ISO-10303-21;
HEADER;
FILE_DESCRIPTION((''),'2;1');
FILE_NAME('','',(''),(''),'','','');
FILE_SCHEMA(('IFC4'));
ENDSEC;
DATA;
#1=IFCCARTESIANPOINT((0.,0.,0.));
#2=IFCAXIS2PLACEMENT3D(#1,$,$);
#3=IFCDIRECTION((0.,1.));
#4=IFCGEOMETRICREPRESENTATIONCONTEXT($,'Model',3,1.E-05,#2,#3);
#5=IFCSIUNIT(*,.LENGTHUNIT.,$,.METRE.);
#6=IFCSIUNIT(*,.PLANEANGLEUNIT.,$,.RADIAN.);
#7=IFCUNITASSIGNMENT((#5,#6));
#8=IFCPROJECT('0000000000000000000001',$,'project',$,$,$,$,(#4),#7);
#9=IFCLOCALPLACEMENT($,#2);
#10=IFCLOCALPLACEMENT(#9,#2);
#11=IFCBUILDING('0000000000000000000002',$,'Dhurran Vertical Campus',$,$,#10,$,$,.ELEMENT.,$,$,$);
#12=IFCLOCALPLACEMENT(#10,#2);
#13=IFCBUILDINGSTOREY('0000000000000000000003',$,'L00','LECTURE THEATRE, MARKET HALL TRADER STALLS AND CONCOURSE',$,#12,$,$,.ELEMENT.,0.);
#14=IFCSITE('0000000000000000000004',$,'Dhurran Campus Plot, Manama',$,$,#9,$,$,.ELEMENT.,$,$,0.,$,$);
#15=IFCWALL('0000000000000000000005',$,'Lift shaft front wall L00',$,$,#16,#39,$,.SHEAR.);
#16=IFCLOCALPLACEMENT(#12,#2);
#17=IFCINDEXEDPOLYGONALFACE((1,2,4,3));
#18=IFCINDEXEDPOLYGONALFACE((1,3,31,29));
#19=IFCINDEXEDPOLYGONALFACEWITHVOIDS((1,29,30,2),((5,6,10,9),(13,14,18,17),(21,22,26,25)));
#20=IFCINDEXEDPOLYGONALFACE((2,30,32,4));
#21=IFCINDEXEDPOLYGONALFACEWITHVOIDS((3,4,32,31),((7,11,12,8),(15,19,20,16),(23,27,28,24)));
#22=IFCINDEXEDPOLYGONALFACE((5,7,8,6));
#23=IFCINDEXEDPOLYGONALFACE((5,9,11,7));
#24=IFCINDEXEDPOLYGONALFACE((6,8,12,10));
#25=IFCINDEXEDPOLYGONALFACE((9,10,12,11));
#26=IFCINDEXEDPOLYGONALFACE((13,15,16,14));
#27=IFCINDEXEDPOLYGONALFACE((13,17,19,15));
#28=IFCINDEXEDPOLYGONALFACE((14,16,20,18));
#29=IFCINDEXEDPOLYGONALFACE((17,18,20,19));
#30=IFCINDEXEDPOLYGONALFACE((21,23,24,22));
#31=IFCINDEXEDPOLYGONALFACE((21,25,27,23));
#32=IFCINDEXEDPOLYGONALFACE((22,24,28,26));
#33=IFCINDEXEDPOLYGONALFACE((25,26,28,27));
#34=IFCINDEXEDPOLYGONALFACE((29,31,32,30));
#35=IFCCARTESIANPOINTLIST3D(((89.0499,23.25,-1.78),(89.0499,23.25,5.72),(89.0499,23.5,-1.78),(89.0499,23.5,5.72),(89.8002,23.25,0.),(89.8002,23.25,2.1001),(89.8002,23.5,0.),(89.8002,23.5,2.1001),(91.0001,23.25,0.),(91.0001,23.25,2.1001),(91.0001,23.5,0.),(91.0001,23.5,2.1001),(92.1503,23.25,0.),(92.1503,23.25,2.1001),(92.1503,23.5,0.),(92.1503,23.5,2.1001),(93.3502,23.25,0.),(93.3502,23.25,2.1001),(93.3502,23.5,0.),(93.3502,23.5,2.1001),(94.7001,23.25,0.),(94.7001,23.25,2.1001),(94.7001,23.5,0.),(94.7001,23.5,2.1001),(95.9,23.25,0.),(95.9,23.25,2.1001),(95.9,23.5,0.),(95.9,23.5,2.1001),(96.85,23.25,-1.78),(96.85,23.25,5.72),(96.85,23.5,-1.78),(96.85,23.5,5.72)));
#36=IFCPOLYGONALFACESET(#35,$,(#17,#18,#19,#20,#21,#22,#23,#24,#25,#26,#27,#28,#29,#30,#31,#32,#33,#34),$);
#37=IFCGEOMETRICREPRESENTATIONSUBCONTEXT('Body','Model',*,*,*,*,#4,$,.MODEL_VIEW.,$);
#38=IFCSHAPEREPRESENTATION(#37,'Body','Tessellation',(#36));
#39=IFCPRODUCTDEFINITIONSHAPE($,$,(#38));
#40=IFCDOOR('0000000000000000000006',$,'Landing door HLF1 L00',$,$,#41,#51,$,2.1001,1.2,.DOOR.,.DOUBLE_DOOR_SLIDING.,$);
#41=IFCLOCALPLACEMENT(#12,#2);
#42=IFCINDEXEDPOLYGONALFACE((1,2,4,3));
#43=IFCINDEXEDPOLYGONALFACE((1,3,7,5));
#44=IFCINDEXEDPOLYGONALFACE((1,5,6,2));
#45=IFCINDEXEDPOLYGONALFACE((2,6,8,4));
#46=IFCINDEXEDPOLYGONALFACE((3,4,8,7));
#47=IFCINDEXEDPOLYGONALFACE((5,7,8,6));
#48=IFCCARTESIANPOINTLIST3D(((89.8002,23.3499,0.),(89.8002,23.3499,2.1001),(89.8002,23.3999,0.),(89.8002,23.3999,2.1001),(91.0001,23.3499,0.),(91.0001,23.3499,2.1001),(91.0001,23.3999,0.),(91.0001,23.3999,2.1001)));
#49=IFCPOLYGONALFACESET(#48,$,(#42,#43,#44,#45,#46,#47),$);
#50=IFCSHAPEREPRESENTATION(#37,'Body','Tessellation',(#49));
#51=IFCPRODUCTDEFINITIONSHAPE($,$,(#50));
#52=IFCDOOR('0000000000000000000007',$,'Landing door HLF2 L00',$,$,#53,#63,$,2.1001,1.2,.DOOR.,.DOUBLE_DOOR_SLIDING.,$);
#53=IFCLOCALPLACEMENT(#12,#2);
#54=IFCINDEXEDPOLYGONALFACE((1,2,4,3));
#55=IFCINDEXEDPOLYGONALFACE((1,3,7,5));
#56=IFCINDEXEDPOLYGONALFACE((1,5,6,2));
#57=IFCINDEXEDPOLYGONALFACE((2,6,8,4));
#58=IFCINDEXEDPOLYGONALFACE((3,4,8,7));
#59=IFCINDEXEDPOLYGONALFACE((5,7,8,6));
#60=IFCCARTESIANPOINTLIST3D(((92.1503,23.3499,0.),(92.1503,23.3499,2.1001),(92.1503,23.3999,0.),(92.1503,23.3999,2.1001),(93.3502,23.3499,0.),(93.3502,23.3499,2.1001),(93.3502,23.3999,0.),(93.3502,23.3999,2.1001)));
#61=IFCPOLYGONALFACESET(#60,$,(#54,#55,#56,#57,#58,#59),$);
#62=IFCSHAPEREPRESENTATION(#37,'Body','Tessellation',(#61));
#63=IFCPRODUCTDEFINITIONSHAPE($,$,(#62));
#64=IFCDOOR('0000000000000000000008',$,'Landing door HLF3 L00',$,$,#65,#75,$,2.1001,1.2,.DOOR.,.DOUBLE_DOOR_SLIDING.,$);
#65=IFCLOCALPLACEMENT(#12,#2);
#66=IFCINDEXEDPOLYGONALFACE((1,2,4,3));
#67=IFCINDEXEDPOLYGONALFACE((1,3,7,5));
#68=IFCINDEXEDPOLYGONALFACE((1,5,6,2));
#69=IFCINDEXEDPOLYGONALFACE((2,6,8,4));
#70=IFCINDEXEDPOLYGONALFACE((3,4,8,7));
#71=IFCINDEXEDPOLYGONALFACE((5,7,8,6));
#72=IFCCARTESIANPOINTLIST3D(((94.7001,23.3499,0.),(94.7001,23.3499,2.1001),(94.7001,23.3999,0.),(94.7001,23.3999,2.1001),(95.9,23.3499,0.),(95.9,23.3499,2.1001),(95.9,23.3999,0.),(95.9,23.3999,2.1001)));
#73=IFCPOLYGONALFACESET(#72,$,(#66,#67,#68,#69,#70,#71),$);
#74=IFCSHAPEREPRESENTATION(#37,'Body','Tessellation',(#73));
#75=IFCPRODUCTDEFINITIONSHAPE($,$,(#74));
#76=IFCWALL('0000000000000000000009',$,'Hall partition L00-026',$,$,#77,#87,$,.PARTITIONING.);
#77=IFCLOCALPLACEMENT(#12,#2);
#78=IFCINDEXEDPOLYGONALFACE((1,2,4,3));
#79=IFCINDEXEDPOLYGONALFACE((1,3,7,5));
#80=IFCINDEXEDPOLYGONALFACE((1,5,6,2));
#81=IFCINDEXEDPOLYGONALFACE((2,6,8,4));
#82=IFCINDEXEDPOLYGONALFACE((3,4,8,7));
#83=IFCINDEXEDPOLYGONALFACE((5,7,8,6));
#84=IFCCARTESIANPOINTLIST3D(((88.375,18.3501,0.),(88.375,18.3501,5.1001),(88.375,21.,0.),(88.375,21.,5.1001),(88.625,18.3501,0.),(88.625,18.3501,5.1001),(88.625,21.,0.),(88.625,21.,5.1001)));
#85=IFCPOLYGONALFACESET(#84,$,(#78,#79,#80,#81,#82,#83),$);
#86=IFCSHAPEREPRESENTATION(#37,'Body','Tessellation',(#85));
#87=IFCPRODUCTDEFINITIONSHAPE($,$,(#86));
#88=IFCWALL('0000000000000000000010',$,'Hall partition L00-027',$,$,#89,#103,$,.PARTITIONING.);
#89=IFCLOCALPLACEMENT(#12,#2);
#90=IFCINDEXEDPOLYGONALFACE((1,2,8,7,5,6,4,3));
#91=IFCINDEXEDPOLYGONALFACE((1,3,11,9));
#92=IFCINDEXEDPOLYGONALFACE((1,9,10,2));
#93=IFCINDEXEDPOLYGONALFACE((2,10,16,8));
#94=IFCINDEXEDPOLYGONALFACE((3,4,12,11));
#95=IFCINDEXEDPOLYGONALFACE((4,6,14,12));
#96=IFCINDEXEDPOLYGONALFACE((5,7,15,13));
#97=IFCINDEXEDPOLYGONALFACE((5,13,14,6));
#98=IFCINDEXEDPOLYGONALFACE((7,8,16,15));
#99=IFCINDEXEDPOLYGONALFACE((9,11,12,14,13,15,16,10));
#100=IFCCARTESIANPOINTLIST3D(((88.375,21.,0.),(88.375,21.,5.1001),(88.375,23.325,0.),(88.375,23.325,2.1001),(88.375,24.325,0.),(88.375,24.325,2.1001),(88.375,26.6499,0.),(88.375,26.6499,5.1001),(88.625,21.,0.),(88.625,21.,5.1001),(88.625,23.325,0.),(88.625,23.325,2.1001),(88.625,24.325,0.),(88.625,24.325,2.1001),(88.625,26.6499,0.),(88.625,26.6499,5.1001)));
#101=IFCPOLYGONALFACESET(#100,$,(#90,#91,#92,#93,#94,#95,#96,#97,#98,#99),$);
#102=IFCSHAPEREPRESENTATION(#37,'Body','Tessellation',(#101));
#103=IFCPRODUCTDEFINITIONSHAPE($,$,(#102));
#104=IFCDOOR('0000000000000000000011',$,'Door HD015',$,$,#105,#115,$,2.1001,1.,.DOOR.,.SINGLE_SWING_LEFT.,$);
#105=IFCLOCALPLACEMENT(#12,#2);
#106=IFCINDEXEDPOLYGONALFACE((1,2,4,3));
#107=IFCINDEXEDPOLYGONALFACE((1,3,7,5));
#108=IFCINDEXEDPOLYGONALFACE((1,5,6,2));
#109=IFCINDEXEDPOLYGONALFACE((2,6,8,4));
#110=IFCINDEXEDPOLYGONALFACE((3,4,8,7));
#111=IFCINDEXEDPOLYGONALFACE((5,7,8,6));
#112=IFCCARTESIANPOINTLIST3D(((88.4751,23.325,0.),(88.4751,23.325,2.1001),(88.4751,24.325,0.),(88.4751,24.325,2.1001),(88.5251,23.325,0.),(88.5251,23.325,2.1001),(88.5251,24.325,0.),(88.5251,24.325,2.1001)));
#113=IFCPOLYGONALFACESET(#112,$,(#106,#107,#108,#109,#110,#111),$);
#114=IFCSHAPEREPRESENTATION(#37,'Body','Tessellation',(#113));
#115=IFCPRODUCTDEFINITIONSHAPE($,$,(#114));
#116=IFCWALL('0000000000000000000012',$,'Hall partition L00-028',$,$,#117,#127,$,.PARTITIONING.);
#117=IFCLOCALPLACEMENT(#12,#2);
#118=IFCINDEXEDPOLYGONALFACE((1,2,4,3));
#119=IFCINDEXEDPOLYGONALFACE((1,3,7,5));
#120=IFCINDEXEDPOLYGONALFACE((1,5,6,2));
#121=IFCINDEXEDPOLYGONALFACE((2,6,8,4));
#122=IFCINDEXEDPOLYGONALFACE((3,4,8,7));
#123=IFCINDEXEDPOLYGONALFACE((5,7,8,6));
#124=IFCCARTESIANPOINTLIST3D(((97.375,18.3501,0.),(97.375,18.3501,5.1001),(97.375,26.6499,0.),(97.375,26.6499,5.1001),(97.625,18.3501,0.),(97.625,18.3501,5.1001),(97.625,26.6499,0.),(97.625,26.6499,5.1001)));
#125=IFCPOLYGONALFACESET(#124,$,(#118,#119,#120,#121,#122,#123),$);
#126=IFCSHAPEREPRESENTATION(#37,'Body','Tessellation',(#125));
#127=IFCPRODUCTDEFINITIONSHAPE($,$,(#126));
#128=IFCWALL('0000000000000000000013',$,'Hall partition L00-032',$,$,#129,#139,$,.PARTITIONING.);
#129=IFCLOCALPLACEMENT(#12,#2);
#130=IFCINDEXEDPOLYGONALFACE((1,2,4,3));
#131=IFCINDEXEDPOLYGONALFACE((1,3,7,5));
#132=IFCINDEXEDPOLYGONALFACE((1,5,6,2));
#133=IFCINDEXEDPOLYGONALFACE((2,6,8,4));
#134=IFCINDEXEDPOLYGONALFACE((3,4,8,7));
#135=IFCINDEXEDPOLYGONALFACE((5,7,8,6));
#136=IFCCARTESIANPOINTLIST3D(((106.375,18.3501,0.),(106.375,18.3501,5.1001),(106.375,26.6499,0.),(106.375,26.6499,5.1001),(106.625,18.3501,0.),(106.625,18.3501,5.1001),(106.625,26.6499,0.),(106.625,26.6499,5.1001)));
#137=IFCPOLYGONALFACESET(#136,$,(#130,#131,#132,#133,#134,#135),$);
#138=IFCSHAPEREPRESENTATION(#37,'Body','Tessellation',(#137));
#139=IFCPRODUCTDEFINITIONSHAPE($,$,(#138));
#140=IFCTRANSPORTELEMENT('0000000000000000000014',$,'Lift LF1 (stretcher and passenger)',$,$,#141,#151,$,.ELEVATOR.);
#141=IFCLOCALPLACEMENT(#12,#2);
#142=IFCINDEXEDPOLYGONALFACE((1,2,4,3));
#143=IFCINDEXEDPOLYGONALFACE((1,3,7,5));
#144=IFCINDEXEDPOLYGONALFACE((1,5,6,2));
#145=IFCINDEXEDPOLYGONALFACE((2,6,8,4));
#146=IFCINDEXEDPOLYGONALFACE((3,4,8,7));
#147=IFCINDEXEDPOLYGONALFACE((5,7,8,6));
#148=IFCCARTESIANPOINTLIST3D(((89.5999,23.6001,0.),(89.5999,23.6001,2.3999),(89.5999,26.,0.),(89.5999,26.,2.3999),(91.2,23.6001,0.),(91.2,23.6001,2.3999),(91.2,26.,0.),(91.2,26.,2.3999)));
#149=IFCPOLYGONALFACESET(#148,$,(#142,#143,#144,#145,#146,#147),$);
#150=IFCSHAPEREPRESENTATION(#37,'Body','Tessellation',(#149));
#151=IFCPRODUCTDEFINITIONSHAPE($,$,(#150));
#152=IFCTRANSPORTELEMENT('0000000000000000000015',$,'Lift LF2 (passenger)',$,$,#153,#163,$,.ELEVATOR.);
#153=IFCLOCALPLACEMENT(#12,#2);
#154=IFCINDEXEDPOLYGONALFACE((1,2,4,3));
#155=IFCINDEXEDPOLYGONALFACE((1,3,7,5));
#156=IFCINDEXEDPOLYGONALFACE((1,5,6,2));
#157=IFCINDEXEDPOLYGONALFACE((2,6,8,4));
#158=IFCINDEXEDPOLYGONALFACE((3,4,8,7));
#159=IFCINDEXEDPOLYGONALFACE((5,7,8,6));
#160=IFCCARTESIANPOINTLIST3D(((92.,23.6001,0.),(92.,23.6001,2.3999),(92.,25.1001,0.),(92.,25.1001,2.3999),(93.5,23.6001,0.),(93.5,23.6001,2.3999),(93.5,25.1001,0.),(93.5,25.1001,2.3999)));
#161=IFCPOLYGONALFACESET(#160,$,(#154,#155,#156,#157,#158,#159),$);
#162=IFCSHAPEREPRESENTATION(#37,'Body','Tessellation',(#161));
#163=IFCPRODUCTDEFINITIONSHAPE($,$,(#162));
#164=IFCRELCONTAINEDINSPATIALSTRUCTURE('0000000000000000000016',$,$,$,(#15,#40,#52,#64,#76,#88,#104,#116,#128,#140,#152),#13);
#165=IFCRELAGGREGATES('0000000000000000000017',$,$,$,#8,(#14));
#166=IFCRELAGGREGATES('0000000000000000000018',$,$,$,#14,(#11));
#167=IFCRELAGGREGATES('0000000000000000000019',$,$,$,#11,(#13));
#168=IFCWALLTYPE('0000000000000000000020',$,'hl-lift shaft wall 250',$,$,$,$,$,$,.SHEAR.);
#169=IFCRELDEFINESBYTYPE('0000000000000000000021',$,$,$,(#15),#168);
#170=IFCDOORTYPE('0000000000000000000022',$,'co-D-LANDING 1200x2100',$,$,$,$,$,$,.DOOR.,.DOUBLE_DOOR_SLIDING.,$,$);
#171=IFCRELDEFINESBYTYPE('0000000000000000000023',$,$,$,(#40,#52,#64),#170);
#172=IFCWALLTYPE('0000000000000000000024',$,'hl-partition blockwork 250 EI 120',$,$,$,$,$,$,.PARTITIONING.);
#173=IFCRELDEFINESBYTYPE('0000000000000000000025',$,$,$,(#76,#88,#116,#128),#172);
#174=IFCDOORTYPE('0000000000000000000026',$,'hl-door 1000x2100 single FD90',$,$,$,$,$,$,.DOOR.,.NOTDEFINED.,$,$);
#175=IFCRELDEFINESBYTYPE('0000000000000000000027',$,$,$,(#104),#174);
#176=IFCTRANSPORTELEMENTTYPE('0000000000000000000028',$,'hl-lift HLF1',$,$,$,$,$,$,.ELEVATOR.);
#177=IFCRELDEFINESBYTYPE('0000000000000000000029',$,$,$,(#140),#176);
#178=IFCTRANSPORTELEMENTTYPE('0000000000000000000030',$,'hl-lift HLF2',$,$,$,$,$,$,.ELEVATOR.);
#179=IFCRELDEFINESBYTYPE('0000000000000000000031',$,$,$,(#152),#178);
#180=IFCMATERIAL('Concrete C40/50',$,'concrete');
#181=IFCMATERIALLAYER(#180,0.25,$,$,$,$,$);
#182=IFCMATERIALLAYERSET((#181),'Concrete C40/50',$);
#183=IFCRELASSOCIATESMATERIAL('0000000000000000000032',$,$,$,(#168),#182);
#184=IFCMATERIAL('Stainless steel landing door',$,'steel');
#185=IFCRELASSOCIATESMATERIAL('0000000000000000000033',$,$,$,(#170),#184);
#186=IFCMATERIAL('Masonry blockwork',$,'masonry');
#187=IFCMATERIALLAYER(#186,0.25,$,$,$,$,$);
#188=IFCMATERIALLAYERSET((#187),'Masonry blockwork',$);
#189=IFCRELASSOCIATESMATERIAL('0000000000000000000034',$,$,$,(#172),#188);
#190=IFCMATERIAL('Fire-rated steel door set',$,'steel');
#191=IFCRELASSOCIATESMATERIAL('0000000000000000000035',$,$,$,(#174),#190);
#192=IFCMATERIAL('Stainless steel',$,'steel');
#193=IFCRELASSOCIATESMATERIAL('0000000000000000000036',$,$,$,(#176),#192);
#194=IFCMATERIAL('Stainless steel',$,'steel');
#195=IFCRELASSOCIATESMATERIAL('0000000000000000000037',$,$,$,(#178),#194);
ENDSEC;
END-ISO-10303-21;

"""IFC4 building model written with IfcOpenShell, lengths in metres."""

from ifc_helpers import new_model, si_unit, direction, frame, frame_2d, origin, origin_2d, place, context, subcontext, project, spatial, rectangle, extrude, material, layer, layer_set, type_object, element, fill, save


model = new_model("IFC4")

# Units and contexts
model_context = context("Model", 3, precision=1e-05, world=origin(), true_north=direction((0.0, 1.0)))
body_context = subcontext(model_context, "Body", "Model", "MODEL_VIEW")
ifc_project = project(units=[si_unit("LENGTHUNIT", "METRE"), si_unit("PLANEANGLEUNIT", "RADIAN")], contexts=[model_context])

# Site, building, storey
site_placement = place(None, origin())
site = spatial("IfcSite", under=ifc_project, at=site_placement, Name="Dhurran Campus Plot, Manama", CompositionType="ELEMENT", RefElevation=0.0)
building_placement = place(site_placement, origin())
building = spatial("IfcBuilding", under=site, at=building_placement, Name="Dhurran Vertical Campus", CompositionType="ELEMENT")
storey_placement = place(building_placement, origin())
storey = spatial("IfcBuildingStorey", under=building, at=storey_placement, Name="L00", Description="LECTURE THEATRE, MARKET HALL TRADER STALLS AND CONCOURSE", CompositionType="ELEMENT", Elevation=0.0)

# Shared definitions
ifc_material_1 = material(Name="Concrete C40/50", Category="concrete")
ifc_layer_1 = layer(ifc_material_1, 0.25)
ifc_layer_set_1 = layer_set([ifc_layer_1], Name="Concrete C40/50")
wall_type_1 = type_object("IfcWallType", Name="hl-lift shaft wall 250", PredefinedType="SHEAR", material=ifc_layer_set_1)

# Wall, openings, doors
wall_1_placement = place(storey_placement, frame((89.05, 23.375, -1.78), z_axis=(0.0, 0.0, 1.0), x_axis=(1.0, 0.0, 0.0)))
wall_1 = element("IfcWall", 1, at=wall_1_placement, inside=storey, type_object=wall_type_1, Name="Lift shaft front wall L00", PredefinedType="SHEAR", context=body_context, shape_type="SweptSolid", body=[
    extrude(rectangle(XDim=7.8, YDim=0.25, at=frame_2d((3.8999, 0.0))), origin(), (0.0, 0.0, 1.0), 7.5),
])
opening_1_placement = place(wall_1_placement, frame((0.75, 0.0, 1.78)))
opening_1 = element("IfcOpeningElement", 2, at=opening_1_placement, cuts=wall_1, PredefinedType="OPENING", context=body_context, shape_type="SweptSolid", body=[
    extrude(rectangle(XDim=1.2, YDim=2.1001, at=frame_2d((0.6001, 1.05))), frame((0.0, 0.135, 0.0), z_axis=(0.0, -1.0, 0.0), x_axis=(1.0, 0.0, 0.0)), (0.0, 0.0, 1.0), 0.27),
])
opening_2_placement = place(wall_1_placement, frame((3.1001, 0.0, 1.78)))
opening_2 = element("IfcOpeningElement", 3, at=opening_2_placement, cuts=wall_1, PredefinedType="OPENING", context=body_context, shape_type="SweptSolid", body=[
    extrude(rectangle(XDim=1.2, YDim=2.1001, at=frame_2d((0.6001, 1.05))), frame((0.0, 0.135, 0.0), z_axis=(0.0, -1.0, 0.0), x_axis=(1.0, 0.0, 0.0)), (0.0, 0.0, 1.0), 0.27),
])
opening_3_placement = place(wall_1_placement, frame((5.6499, 0.0, 1.78)))
opening_3 = element("IfcOpeningElement", 4, at=opening_3_placement, cuts=wall_1, PredefinedType="OPENING", context=body_context, shape_type="SweptSolid", body=[
    extrude(rectangle(XDim=1.2, YDim=2.1001, at=frame_2d((0.6001, 1.05))), frame((0.0, 0.135, 0.0), z_axis=(0.0, -1.0, 0.0), x_axis=(1.0, 0.0, 0.0)), (0.0, 0.0, 1.0), 0.27),
])
ifc_material_2 = material(Name="Stainless steel landing door", Category="steel")
door_type_1 = type_object("IfcDoorType", Name="co-D-LANDING 1200x2100", OperationType="DOUBLE_DOOR_SLIDING", PredefinedType="DOOR", material=ifc_material_2)
door_1_placement = place(opening_1_placement, origin())
door_1 = element("IfcDoor", 5, at=door_1_placement, inside=storey, type_object=door_type_1, Name="Landing door HLF1 L00", OperationType="DOUBLE_DOOR_SLIDING", OverallHeight=2.1001, OverallWidth=1.2, PredefinedType="DOOR", context=body_context, shape_type="SweptSolid", body=[
    extrude(rectangle(XDim=1.2, YDim=2.1001, at=frame_2d((0.6001, 1.05))), frame((0.0, 0.0249, 0.0), z_axis=(0.0, -1.0, 0.0), x_axis=(1.0, 0.0, 0.0)), (0.0, 0.0, 1.0), 0.05),
])
fill(opening_1, door_1)
door_2_placement = place(opening_2_placement, origin())
door_2 = element("IfcDoor", 6, at=door_2_placement, inside=storey, type_object=door_type_1, Name="Landing door HLF2 L00", OperationType="DOUBLE_DOOR_SLIDING", OverallHeight=2.1001, OverallWidth=1.2, PredefinedType="DOOR", context=body_context, shape_type="SweptSolid", body=[
    extrude(rectangle(XDim=1.2, YDim=2.1001, at=frame_2d((0.6001, 1.05))), frame((0.0, 0.0249, 0.0), z_axis=(0.0, -1.0, 0.0), x_axis=(1.0, 0.0, 0.0)), (0.0, 0.0, 1.0), 0.05),
])
fill(opening_2, door_2)
door_3_placement = place(opening_3_placement, origin())
door_3 = element("IfcDoor", 7, at=door_3_placement, inside=storey, type_object=door_type_1, Name="Landing door HLF3 L00", OperationType="DOUBLE_DOOR_SLIDING", OverallHeight=2.1001, OverallWidth=1.2, PredefinedType="DOOR", context=body_context, shape_type="SweptSolid", body=[
    extrude(rectangle(XDim=1.2, YDim=2.1001, at=frame_2d((0.6001, 1.05))), frame((0.0, 0.0249, 0.0), z_axis=(0.0, -1.0, 0.0), x_axis=(1.0, 0.0, 0.0)), (0.0, 0.0, 1.0), 0.05),
])
fill(opening_3, door_3)

# Wall
ifc_material_3 = material(Name="Masonry blockwork", Category="masonry")
ifc_layer_2 = layer(ifc_material_3, 0.25)
ifc_layer_set_2 = layer_set([ifc_layer_2], Name="Masonry blockwork")
wall_type_2 = type_object("IfcWallType", Name="hl-partition blockwork 250 EI 120", PredefinedType="PARTITIONING", material=ifc_layer_set_2)
wall_2_placement = place(storey_placement, frame((88.5, 18.3501, 0.0), z_axis=(0.0, 0.0, 1.0), x_axis=(0.0, 1.0, 0.0)))
element("IfcWall", 8, at=wall_2_placement, inside=storey, type_object=wall_type_2, Name="Hall partition L00-026", PredefinedType="PARTITIONING", context=body_context, shape_type="SweptSolid", body=[
    extrude(rectangle(XDim=2.6499, YDim=0.25, at=frame_2d((1.325, 0.0))), origin(), (0.0, 0.0, 1.0), 5.1001),
])

# Wall, opening, door
wall_3_placement = place(storey_placement, frame((88.5, 21.0, 0.0), z_axis=(0.0, 0.0, 1.0), x_axis=(0.0, 1.0, 0.0)))
wall_3 = element("IfcWall", 9, at=wall_3_placement, inside=storey, type_object=wall_type_2, Name="Hall partition L00-027", PredefinedType="PARTITIONING", context=body_context, shape_type="SweptSolid", body=[
    extrude(rectangle(XDim=5.6499, YDim=0.25, at=frame_2d((2.825, 0.0))), origin(), (0.0, 0.0, 1.0), 5.1001),
])
opening_4_placement = place(wall_3_placement, frame((2.325, 0.0, 0.0)))
opening_4 = element("IfcOpeningElement", 10, at=opening_4_placement, cuts=wall_3, PredefinedType="OPENING", context=body_context, shape_type="SweptSolid", body=[
    extrude(rectangle(XDim=1.0, YDim=2.1001, at=frame_2d((0.5, 1.05))), frame((0.0, 0.135, 0.0), z_axis=(0.0, -1.0, 0.0), x_axis=(1.0, 0.0, 0.0)), (0.0, 0.0, 1.0), 0.27),
])
ifc_material_4 = material(Name="Fire-rated steel door set", Category="steel")
door_type_2 = type_object("IfcDoorType", Name="hl-door 1000x2100 single FD90", OperationType="NOTDEFINED", PredefinedType="DOOR", material=ifc_material_4)
door_4_placement = place(opening_4_placement, origin())
door_4 = element("IfcDoor", 11, at=door_4_placement, inside=storey, type_object=door_type_2, Name="Door HD015", OperationType="SINGLE_SWING_LEFT", OverallHeight=2.1001, OverallWidth=1.0, PredefinedType="DOOR", context=body_context, shape_type="SweptSolid", body=[
    extrude(rectangle(XDim=1.0, YDim=2.1001, at=frame_2d((0.5, 1.05))), frame((0.0, 0.0249, 0.0), z_axis=(0.0, -1.0, 0.0), x_axis=(1.0, 0.0, 0.0)), (0.0, 0.0, 1.0), 0.05),
])
fill(opening_4, door_4)

# Walls
for number, where, z_axis, x_axis, name in (
    (12, (97.5, 18.3501, 0.0), (0.0, 0.0, 1.0), (0.0, 1.0, 0.0), "Hall partition L00-028"),
    (13, (106.5, 18.3501, 0.0), (0.0, 0.0, 1.0), (0.0, 1.0, 0.0), "Hall partition L00-032"),
):
    element("IfcWall", number, at=place(storey_placement, frame(where, z_axis=z_axis, x_axis=x_axis)), inside=storey, type_object=wall_type_2, Name=name, PredefinedType="PARTITIONING", context=body_context, shape_type="SweptSolid", body=[
        extrude(rectangle(XDim=8.2998, YDim=0.25, at=frame_2d((4.1499, 0.0))), origin(), (0.0, 0.0, 1.0), 5.1001),
    ])

# Transport elements
ifc_material_5 = material(Name="Stainless steel", Category="steel")
transport_element_type_1 = type_object("IfcTransportElementType", Name="hl-lift HLF1", PredefinedType="ELEVATOR", material=ifc_material_5)
transport_element_1_placement = place(storey_placement, frame((90.3999, 24.8, 0.0), z_axis=(0.0, 0.0, 1.0), x_axis=(1.0, 0.0, 0.0)))
element("IfcTransportElement", 14, at=transport_element_1_placement, inside=storey, type_object=transport_element_type_1, Name="Lift LF1 (stretcher and passenger)", PredefinedType="ELEVATOR", context=body_context, shape_type="SweptSolid", body=[
    extrude(rectangle(XDim=1.6001, YDim=2.3999, at=origin_2d()), origin(), (0.0, 0.0, 1.0), 2.3999),
])
ifc_material_6 = material(Name="Stainless steel", Category="steel")
transport_element_type_2 = type_object("IfcTransportElementType", Name="hl-lift HLF2", PredefinedType="ELEVATOR", material=ifc_material_6)
transport_element_2_placement = place(storey_placement, frame((92.75, 24.3501, 0.0), z_axis=(0.0, 0.0, 1.0), x_axis=(1.0, 0.0, 0.0)))
element("IfcTransportElement", 15, at=transport_element_2_placement, inside=storey, type_object=transport_element_type_2, Name="Lift LF2 (passenger)", PredefinedType="ELEVATOR", context=body_context, shape_type="SweptSolid", body=[
    extrude(rectangle(XDim=1.5, YDim=1.5, at=origin_2d()), origin(), (0.0, 0.0, 1.0), 2.3999),
])

save(model, "model.ifc")
